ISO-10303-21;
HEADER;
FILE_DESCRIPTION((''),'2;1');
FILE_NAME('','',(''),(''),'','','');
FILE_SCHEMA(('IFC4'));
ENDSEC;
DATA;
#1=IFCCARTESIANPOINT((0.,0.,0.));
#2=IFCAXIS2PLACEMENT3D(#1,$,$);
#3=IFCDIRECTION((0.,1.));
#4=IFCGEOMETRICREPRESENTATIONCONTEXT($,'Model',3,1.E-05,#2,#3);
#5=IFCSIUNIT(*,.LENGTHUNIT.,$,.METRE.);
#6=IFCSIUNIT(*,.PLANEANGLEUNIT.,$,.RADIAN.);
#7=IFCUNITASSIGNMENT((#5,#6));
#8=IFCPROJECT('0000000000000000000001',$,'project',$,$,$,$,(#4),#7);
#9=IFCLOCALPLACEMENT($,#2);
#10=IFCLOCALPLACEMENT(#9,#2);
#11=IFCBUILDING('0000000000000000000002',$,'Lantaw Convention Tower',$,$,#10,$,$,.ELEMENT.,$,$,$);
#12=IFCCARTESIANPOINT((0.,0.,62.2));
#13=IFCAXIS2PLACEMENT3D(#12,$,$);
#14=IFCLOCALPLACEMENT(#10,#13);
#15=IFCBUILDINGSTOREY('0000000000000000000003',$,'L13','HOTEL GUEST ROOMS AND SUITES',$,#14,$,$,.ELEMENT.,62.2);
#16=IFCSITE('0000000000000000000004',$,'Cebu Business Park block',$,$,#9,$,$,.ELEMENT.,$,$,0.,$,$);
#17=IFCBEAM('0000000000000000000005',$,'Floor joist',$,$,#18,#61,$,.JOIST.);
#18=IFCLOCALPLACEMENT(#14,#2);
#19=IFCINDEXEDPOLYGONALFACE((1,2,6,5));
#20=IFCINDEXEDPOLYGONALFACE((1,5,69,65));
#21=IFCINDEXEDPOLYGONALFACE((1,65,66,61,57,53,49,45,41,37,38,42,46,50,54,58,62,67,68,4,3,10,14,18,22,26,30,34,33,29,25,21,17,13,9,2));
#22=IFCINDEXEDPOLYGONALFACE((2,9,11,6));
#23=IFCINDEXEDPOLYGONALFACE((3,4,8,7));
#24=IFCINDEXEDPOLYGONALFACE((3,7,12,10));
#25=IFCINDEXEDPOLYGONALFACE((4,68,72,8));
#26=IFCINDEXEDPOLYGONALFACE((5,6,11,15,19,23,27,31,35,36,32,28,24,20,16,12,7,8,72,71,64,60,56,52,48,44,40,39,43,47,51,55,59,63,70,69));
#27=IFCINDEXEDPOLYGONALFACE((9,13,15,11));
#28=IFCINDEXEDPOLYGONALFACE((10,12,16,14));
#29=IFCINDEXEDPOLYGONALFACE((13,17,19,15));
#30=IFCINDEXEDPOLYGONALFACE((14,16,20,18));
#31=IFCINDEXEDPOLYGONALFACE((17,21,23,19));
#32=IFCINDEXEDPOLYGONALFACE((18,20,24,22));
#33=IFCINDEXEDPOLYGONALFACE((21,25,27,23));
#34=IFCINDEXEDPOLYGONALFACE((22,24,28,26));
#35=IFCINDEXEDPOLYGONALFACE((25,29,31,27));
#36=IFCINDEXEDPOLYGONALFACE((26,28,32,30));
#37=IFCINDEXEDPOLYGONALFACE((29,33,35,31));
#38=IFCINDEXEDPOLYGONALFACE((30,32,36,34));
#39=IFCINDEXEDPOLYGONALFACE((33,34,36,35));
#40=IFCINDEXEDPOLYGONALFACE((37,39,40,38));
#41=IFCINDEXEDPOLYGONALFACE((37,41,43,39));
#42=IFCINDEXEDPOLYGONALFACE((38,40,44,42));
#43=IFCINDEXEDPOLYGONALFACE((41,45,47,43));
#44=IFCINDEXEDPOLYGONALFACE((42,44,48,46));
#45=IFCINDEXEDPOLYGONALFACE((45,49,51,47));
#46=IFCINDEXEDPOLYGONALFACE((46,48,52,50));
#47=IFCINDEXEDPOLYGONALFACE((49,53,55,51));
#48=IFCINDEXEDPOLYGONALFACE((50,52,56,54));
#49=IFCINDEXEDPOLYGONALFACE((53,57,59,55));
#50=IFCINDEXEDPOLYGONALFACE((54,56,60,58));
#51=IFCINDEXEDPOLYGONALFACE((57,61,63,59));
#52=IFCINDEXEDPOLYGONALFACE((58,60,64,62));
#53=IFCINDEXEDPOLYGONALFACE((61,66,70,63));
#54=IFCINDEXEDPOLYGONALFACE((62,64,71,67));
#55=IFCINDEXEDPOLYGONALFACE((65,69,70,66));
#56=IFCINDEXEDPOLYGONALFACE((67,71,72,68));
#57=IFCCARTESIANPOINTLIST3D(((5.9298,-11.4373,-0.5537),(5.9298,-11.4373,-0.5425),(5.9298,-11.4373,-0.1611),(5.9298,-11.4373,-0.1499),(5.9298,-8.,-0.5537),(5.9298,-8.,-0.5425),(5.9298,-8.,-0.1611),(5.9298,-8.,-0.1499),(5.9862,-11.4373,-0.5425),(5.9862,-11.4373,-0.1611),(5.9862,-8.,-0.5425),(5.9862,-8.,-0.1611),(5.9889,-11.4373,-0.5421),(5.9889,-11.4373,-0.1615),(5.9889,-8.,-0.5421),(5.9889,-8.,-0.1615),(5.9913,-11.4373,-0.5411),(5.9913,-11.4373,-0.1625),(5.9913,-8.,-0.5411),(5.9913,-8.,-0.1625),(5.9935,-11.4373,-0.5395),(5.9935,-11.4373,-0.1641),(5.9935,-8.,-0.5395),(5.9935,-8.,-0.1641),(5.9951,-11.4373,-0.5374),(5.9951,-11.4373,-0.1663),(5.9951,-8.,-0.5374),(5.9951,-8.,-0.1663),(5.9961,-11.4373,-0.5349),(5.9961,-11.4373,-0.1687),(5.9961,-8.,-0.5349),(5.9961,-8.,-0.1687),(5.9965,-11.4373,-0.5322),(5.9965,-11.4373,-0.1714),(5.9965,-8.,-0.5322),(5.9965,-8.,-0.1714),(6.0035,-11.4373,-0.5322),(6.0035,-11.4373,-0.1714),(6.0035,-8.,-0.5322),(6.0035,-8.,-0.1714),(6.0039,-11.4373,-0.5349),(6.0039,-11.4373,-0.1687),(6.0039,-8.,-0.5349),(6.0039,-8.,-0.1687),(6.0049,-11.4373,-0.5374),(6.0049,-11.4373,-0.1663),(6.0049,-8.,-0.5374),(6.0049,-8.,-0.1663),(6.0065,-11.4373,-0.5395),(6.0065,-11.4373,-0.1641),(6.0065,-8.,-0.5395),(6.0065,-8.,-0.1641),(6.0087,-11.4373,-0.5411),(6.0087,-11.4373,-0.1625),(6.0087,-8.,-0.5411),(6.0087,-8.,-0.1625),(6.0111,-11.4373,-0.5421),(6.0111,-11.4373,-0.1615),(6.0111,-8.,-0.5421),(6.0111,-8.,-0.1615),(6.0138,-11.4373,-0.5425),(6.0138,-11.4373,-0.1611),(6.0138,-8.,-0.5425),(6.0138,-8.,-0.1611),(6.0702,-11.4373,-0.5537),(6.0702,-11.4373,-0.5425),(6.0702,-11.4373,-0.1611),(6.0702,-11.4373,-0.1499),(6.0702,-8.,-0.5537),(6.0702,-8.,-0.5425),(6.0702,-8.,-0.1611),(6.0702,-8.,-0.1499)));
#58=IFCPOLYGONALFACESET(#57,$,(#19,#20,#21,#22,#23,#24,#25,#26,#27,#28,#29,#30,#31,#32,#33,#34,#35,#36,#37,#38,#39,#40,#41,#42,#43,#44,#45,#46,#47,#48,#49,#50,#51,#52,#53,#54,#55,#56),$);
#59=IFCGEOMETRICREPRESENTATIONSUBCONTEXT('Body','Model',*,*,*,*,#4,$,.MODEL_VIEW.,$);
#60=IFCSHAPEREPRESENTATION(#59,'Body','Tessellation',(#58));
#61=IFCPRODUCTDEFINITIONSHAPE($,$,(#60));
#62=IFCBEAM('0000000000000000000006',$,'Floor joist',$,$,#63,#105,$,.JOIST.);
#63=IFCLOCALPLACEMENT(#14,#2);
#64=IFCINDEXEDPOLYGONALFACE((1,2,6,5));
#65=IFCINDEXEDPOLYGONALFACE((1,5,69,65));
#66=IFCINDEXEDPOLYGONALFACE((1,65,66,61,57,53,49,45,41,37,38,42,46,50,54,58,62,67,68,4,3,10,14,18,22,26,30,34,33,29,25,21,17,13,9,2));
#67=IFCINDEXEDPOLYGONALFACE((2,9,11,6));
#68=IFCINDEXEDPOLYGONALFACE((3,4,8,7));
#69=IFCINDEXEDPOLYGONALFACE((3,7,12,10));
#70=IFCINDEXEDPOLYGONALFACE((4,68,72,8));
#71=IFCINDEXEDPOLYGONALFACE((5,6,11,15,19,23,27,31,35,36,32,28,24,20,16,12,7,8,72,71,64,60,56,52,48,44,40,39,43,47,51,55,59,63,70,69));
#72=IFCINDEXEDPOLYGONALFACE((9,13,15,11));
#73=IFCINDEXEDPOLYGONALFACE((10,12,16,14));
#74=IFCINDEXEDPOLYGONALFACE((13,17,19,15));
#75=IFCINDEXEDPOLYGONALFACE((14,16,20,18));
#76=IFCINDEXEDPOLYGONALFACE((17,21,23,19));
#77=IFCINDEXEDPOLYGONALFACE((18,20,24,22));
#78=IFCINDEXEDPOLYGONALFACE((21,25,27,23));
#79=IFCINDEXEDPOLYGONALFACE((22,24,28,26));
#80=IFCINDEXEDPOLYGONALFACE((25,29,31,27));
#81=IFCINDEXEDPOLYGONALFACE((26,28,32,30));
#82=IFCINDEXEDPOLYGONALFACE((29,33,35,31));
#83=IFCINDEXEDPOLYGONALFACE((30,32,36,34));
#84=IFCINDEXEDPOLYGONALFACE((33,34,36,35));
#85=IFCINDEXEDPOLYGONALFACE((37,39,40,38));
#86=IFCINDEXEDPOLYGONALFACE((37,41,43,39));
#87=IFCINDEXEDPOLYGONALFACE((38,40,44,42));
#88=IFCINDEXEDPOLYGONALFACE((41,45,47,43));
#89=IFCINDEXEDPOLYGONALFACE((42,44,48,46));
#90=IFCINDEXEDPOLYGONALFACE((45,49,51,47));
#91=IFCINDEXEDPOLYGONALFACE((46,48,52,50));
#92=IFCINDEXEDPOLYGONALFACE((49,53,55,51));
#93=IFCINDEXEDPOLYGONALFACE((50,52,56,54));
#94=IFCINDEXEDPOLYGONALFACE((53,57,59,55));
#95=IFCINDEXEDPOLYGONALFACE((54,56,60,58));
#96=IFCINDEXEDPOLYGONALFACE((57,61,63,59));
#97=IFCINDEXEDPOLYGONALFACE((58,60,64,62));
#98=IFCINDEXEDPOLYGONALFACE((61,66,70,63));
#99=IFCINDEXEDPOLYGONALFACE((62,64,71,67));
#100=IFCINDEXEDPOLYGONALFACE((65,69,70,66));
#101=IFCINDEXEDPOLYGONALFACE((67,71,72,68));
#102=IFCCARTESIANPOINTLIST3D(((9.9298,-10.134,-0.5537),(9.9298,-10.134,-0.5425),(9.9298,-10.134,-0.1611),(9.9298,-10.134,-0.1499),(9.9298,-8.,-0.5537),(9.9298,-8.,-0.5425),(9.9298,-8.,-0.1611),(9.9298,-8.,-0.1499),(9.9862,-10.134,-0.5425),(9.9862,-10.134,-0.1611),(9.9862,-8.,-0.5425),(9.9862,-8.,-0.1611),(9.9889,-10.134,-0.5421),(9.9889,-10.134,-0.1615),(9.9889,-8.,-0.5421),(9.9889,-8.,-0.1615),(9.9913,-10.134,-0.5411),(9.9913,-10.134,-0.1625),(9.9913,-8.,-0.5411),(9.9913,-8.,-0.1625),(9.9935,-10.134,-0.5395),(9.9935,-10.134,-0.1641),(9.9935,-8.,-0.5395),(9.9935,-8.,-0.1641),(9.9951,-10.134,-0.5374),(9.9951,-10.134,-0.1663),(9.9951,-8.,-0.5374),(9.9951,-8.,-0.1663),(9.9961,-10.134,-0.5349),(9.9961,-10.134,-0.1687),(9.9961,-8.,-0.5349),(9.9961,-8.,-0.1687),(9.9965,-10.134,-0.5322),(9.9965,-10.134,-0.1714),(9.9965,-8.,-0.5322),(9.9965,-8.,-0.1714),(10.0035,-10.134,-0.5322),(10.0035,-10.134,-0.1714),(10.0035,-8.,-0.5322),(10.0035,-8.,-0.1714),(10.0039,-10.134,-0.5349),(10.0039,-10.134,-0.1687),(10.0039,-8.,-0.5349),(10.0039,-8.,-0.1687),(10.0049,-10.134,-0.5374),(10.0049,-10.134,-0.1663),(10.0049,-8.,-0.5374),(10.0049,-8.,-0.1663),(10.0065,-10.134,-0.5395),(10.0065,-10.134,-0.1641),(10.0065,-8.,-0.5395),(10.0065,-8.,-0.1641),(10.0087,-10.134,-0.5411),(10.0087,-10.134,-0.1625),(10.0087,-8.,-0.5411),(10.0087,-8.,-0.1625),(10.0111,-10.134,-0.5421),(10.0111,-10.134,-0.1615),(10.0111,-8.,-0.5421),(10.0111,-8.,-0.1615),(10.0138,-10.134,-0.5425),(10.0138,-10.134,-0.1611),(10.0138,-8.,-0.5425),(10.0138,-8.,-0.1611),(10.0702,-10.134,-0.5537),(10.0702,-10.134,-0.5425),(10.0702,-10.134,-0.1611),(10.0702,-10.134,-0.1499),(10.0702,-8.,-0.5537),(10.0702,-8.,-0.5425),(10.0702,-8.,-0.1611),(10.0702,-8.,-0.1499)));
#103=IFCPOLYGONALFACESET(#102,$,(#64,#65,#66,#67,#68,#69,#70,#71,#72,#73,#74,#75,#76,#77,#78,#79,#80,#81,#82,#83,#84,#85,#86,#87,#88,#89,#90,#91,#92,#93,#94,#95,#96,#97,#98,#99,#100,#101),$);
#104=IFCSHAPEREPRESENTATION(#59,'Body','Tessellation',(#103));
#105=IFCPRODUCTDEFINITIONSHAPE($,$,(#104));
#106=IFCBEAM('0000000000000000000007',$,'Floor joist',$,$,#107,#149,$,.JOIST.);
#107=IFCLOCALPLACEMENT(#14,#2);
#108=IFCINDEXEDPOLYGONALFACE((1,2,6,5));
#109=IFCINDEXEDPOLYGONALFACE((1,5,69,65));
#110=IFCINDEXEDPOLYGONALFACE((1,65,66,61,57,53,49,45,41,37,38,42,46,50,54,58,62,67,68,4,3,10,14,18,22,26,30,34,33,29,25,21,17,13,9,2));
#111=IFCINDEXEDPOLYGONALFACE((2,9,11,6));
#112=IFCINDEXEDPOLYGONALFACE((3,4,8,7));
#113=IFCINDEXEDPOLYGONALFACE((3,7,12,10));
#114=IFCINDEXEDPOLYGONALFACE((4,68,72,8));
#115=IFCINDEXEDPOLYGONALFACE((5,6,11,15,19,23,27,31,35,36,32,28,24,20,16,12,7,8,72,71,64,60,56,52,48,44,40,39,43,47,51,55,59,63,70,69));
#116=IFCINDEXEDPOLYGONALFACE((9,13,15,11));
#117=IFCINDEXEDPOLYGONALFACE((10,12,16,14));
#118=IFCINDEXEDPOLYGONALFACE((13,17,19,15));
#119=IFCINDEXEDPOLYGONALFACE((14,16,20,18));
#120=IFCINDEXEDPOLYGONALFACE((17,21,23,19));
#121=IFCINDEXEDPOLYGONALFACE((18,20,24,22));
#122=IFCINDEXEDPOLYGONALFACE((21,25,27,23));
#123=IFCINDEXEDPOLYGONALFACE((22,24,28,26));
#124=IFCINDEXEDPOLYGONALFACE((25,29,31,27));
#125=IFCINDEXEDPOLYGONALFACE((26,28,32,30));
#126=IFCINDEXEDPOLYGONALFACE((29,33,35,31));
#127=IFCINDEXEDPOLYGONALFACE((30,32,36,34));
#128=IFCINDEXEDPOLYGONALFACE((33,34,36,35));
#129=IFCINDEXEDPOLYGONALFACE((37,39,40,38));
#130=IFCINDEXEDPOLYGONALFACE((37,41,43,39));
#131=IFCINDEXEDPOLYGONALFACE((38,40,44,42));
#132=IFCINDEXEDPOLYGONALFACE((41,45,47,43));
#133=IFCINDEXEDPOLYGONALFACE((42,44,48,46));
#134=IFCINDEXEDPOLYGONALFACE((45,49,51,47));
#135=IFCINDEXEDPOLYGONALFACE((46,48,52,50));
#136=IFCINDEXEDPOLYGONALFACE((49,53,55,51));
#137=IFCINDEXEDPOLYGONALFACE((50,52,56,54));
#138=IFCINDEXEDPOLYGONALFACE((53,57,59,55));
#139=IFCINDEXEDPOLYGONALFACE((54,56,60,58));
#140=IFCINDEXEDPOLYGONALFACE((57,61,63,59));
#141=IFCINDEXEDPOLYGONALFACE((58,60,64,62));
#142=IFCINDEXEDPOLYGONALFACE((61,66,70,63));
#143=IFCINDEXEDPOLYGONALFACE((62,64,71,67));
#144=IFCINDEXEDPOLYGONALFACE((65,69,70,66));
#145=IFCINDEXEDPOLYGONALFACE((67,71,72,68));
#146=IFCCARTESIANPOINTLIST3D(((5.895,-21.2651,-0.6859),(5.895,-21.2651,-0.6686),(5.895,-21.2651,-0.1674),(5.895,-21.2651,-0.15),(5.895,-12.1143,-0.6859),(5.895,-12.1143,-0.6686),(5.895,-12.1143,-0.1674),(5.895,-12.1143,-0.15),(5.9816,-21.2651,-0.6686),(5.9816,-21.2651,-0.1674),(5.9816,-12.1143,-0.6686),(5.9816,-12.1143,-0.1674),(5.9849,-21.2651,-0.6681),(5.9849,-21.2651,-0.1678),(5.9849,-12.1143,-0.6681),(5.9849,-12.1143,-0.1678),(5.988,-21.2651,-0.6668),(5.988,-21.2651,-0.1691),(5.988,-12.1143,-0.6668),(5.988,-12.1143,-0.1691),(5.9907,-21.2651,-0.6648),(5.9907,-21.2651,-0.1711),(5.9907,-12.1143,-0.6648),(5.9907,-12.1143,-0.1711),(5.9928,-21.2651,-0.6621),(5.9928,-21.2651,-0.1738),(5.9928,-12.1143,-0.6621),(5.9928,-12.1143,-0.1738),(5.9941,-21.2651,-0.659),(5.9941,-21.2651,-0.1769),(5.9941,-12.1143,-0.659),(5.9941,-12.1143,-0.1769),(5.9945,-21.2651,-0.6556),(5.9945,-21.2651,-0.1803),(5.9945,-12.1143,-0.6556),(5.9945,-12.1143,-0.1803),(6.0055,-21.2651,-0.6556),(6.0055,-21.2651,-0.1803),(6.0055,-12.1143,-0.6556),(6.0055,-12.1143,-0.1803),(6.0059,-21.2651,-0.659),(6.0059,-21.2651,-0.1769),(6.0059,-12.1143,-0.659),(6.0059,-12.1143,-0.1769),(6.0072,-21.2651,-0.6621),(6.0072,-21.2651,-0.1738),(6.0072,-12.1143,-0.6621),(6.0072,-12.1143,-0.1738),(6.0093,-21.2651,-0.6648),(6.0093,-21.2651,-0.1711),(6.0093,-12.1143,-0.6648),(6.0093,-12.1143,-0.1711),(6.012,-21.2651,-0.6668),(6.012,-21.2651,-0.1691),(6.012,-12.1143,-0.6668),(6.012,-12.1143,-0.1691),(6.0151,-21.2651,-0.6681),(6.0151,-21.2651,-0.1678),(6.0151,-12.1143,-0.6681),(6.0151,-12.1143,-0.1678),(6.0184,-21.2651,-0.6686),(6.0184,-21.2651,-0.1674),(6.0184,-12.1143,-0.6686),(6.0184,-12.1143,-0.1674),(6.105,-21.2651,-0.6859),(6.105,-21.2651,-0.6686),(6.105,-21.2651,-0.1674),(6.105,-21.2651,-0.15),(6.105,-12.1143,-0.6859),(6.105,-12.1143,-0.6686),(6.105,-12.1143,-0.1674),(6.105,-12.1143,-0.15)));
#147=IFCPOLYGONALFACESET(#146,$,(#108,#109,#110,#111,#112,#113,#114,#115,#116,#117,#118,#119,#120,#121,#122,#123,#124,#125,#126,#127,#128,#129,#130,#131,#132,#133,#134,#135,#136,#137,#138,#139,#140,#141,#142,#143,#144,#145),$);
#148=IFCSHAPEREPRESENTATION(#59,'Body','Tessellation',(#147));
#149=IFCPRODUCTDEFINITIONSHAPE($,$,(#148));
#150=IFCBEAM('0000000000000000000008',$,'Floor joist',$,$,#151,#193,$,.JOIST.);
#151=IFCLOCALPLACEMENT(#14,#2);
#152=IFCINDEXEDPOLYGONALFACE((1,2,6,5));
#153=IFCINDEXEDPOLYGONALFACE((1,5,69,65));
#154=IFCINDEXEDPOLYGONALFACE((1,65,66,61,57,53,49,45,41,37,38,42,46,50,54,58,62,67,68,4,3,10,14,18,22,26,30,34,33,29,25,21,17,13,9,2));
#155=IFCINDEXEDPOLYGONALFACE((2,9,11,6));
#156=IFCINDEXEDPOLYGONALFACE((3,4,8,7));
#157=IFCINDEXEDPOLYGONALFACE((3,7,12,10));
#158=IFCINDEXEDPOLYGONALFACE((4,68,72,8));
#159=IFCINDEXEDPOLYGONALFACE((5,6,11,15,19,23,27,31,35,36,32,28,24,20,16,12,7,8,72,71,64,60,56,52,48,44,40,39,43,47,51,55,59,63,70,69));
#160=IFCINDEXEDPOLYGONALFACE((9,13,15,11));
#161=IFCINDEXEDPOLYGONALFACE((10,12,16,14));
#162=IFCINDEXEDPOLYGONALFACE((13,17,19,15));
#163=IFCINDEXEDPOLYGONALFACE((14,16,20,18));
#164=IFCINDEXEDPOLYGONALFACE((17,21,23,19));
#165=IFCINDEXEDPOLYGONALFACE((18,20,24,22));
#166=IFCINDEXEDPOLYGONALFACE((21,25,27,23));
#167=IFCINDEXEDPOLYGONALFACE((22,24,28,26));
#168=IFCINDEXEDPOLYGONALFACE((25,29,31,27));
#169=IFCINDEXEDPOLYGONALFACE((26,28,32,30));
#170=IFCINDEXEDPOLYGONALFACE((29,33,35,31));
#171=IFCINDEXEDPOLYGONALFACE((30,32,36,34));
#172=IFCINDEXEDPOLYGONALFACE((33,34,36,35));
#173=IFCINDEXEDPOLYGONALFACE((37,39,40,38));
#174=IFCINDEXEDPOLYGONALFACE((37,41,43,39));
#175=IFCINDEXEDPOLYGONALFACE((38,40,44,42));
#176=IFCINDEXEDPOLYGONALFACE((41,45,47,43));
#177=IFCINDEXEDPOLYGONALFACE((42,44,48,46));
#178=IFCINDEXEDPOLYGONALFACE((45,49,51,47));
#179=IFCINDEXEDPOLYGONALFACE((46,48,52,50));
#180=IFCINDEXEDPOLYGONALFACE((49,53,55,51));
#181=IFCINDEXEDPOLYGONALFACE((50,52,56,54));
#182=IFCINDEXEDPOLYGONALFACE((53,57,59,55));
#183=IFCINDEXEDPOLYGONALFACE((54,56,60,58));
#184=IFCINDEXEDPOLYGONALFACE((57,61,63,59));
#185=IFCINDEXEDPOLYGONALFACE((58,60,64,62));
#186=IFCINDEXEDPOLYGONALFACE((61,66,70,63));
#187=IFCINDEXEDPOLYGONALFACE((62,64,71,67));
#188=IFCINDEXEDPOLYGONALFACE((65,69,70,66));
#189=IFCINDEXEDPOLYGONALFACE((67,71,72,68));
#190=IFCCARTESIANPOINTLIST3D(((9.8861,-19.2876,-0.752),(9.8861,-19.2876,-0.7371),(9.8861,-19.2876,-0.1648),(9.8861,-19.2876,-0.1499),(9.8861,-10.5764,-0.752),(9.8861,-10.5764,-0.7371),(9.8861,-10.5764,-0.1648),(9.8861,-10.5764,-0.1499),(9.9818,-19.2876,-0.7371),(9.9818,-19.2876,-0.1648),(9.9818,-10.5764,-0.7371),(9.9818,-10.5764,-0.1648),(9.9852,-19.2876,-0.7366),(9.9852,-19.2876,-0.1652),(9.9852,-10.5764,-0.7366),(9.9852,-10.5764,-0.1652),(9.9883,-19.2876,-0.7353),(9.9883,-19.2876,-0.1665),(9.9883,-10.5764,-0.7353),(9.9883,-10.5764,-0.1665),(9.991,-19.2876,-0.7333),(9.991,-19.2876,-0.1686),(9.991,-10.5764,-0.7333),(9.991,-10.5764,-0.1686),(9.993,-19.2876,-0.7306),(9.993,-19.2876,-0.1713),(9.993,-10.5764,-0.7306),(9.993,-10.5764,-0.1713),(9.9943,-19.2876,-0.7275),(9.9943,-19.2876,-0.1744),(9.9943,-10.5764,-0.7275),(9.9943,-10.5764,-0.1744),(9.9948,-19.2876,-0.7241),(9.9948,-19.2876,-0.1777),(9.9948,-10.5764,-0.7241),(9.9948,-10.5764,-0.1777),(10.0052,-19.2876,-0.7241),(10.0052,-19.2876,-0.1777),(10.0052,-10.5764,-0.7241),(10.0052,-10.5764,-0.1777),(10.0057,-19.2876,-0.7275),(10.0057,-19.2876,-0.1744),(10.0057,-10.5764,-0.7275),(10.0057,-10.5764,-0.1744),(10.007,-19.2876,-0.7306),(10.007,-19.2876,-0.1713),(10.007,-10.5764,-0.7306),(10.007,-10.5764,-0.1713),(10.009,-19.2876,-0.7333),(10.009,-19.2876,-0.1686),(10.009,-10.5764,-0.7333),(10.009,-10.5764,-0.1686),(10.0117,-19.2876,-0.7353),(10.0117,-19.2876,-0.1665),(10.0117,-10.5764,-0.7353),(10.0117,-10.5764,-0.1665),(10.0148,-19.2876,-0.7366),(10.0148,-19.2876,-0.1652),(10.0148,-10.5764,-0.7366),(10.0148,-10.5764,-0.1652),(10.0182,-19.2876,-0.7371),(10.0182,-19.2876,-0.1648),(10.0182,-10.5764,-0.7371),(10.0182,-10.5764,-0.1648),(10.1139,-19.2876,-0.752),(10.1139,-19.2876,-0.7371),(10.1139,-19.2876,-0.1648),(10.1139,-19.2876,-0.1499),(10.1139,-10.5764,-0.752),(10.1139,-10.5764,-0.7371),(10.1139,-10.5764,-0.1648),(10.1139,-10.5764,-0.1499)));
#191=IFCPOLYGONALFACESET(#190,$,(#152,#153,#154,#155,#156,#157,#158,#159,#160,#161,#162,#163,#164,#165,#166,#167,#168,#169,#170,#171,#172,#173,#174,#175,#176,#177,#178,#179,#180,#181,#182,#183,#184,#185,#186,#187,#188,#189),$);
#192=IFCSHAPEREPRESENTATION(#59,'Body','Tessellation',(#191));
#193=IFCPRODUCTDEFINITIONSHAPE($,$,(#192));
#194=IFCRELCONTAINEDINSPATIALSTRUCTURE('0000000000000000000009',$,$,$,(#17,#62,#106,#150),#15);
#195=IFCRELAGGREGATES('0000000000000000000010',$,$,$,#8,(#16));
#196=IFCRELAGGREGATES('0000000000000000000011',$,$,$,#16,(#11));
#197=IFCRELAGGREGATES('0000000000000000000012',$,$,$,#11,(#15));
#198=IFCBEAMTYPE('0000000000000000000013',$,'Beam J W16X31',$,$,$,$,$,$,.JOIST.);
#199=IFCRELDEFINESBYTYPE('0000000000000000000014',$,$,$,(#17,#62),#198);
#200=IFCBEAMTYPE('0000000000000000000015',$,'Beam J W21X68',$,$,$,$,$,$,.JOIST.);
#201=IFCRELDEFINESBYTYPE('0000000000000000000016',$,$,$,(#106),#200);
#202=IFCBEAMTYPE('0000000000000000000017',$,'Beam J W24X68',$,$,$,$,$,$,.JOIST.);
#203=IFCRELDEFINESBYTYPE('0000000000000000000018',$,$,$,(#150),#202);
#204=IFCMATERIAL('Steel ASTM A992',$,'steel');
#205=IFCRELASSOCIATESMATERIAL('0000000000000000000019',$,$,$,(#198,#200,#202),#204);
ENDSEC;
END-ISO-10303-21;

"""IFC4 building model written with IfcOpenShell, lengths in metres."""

from ifc_helpers import new_model, si_unit, direction, frame, origin, origin_2d, place, context, subcontext, project, spatial, i_section, extrude, material, material_profile, profile_set, type_object, element, save


model = new_model("IFC4")

# Units and contexts
model_context = context("Model", 3, precision=1e-05, world=origin(), true_north=direction((0.0, 1.0)))
body_context = subcontext(model_context, "Body", "Model", "MODEL_VIEW")
ifc_project = project(units=[si_unit("LENGTHUNIT", "METRE"), si_unit("PLANEANGLEUNIT", "RADIAN")], contexts=[model_context])

# Site, building, storey
site_placement = place(None, origin())
site = spatial("IfcSite", under=ifc_project, at=site_placement, Name="Cebu Business Park block", CompositionType="ELEMENT", RefElevation=0.0)
building_placement = place(site_placement, origin())
building = spatial("IfcBuilding", under=site, at=building_placement, Name="Lantaw Convention Tower", CompositionType="ELEMENT")
storey_placement = place(building_placement, frame((0.0, 0.0, 62.2)))
storey = spatial("IfcBuildingStorey", under=building, at=storey_placement, Name="L13", Description="HOTEL GUEST ROOMS AND SUITES", CompositionType="ELEMENT", Elevation=62.2)

# Beams
ifc_material_1 = material(Name="Steel ASTM A992", Category="steel")
ifc_material_profile_1 = material_profile(ifc_material_1, i_section(OverallWidth=0.1404, OverallDepth=0.4038, WebThickness=0.0071, FlangeThickness=0.0112, FilletRadius=0.0103, at=origin_2d()), Name="W16X31")
ifc_profile_set_1 = profile_set([ifc_material_profile_1], Name="Steel ASTM A992")
beam_type_1 = type_object("IfcBeamType", Name="Beam J W16X31", PredefinedType="JOIST", material=ifc_profile_set_1)
beam_1_placement = place(storey_placement, frame((6.0, -11.4373, -0.3518), z_axis=(0.0, 1.0, 0.0), x_axis=(-1.0, 0.0, 0.0)))
element("IfcBeam", 1, at=beam_1_placement, inside=storey, type_object=beam_type_1, Name="Floor joist", PredefinedType="JOIST", context=body_context, shape_type="SweptSolid", body=[
    extrude(i_section(OverallWidth=0.1404, OverallDepth=0.4038, WebThickness=0.0071, FlangeThickness=0.0112, FilletRadius=0.0103, at=origin_2d()), origin(), (0.0, 0.0, 1.0), 3.4373),
])
beam_2_placement = place(storey_placement, frame((10.0, -10.134, -0.3518), z_axis=(0.0, 1.0, 0.0), x_axis=(-1.0, 0.0, 0.0)))
element("IfcBeam", 2, at=beam_2_placement, inside=storey, type_object=beam_type_1, Name="Floor joist", PredefinedType="JOIST", context=body_context, shape_type="SweptSolid", body=[
    extrude(i_section(OverallWidth=0.1404, OverallDepth=0.4038, WebThickness=0.0071, FlangeThickness=0.0112, FilletRadius=0.0103, at=origin_2d()), origin(), (0.0, 0.0, 1.0), 2.134),
])
ifc_material_profile_2 = material_profile(ifc_material_1, i_section(OverallWidth=0.21, OverallDepth=0.5359, WebThickness=0.011, FlangeThickness=0.0173, FilletRadius=0.0129, at=origin_2d()), Name="W21X68")
ifc_profile_set_2 = profile_set([ifc_material_profile_2], Name="Steel ASTM A992")
beam_type_2 = type_object("IfcBeamType", Name="Beam J W21X68", PredefinedType="JOIST", material=ifc_profile_set_2)
beam_3_placement = place(storey_placement, frame((6.0, -21.2651, -0.418), z_axis=(0.0, 1.0, 0.0), x_axis=(-1.0, 0.0, 0.0)))
element("IfcBeam", 3, at=beam_3_placement, inside=storey, type_object=beam_type_2, Name="Floor joist", PredefinedType="JOIST", context=body_context, shape_type="SweptSolid", body=[
    extrude(i_section(OverallWidth=0.21, OverallDepth=0.5359, WebThickness=0.011, FlangeThickness=0.0173, FilletRadius=0.0129, at=origin_2d()), origin(), (0.0, 0.0, 1.0), 9.1509),
])
ifc_material_profile_3 = material_profile(ifc_material_1, i_section(OverallWidth=0.2278, OverallDepth=0.6021, WebThickness=0.0105, FlangeThickness=0.0149, FilletRadius=0.0129, at=origin_2d()), Name="W24X68")
ifc_profile_set_3 = profile_set([ifc_material_profile_3], Name="Steel ASTM A992")
beam_type_3 = type_object("IfcBeamType", Name="Beam J W24X68", PredefinedType="JOIST", material=ifc_profile_set_3)
beam_4_placement = place(storey_placement, frame((10.0, -19.2876, -0.4509), z_axis=(0.0, 1.0, 0.0), x_axis=(-1.0, 0.0, 0.0)))
element("IfcBeam", 4, at=beam_4_placement, inside=storey, type_object=beam_type_3, Name="Floor joist", PredefinedType="JOIST", context=body_context, shape_type="SweptSolid", body=[
    extrude(i_section(OverallWidth=0.2278, OverallDepth=0.6021, WebThickness=0.0105, FlangeThickness=0.0149, FilletRadius=0.0129, at=origin_2d()), origin(), (0.0, 0.0, 1.0), 8.7112),
])

save(model, "model.ifc")
